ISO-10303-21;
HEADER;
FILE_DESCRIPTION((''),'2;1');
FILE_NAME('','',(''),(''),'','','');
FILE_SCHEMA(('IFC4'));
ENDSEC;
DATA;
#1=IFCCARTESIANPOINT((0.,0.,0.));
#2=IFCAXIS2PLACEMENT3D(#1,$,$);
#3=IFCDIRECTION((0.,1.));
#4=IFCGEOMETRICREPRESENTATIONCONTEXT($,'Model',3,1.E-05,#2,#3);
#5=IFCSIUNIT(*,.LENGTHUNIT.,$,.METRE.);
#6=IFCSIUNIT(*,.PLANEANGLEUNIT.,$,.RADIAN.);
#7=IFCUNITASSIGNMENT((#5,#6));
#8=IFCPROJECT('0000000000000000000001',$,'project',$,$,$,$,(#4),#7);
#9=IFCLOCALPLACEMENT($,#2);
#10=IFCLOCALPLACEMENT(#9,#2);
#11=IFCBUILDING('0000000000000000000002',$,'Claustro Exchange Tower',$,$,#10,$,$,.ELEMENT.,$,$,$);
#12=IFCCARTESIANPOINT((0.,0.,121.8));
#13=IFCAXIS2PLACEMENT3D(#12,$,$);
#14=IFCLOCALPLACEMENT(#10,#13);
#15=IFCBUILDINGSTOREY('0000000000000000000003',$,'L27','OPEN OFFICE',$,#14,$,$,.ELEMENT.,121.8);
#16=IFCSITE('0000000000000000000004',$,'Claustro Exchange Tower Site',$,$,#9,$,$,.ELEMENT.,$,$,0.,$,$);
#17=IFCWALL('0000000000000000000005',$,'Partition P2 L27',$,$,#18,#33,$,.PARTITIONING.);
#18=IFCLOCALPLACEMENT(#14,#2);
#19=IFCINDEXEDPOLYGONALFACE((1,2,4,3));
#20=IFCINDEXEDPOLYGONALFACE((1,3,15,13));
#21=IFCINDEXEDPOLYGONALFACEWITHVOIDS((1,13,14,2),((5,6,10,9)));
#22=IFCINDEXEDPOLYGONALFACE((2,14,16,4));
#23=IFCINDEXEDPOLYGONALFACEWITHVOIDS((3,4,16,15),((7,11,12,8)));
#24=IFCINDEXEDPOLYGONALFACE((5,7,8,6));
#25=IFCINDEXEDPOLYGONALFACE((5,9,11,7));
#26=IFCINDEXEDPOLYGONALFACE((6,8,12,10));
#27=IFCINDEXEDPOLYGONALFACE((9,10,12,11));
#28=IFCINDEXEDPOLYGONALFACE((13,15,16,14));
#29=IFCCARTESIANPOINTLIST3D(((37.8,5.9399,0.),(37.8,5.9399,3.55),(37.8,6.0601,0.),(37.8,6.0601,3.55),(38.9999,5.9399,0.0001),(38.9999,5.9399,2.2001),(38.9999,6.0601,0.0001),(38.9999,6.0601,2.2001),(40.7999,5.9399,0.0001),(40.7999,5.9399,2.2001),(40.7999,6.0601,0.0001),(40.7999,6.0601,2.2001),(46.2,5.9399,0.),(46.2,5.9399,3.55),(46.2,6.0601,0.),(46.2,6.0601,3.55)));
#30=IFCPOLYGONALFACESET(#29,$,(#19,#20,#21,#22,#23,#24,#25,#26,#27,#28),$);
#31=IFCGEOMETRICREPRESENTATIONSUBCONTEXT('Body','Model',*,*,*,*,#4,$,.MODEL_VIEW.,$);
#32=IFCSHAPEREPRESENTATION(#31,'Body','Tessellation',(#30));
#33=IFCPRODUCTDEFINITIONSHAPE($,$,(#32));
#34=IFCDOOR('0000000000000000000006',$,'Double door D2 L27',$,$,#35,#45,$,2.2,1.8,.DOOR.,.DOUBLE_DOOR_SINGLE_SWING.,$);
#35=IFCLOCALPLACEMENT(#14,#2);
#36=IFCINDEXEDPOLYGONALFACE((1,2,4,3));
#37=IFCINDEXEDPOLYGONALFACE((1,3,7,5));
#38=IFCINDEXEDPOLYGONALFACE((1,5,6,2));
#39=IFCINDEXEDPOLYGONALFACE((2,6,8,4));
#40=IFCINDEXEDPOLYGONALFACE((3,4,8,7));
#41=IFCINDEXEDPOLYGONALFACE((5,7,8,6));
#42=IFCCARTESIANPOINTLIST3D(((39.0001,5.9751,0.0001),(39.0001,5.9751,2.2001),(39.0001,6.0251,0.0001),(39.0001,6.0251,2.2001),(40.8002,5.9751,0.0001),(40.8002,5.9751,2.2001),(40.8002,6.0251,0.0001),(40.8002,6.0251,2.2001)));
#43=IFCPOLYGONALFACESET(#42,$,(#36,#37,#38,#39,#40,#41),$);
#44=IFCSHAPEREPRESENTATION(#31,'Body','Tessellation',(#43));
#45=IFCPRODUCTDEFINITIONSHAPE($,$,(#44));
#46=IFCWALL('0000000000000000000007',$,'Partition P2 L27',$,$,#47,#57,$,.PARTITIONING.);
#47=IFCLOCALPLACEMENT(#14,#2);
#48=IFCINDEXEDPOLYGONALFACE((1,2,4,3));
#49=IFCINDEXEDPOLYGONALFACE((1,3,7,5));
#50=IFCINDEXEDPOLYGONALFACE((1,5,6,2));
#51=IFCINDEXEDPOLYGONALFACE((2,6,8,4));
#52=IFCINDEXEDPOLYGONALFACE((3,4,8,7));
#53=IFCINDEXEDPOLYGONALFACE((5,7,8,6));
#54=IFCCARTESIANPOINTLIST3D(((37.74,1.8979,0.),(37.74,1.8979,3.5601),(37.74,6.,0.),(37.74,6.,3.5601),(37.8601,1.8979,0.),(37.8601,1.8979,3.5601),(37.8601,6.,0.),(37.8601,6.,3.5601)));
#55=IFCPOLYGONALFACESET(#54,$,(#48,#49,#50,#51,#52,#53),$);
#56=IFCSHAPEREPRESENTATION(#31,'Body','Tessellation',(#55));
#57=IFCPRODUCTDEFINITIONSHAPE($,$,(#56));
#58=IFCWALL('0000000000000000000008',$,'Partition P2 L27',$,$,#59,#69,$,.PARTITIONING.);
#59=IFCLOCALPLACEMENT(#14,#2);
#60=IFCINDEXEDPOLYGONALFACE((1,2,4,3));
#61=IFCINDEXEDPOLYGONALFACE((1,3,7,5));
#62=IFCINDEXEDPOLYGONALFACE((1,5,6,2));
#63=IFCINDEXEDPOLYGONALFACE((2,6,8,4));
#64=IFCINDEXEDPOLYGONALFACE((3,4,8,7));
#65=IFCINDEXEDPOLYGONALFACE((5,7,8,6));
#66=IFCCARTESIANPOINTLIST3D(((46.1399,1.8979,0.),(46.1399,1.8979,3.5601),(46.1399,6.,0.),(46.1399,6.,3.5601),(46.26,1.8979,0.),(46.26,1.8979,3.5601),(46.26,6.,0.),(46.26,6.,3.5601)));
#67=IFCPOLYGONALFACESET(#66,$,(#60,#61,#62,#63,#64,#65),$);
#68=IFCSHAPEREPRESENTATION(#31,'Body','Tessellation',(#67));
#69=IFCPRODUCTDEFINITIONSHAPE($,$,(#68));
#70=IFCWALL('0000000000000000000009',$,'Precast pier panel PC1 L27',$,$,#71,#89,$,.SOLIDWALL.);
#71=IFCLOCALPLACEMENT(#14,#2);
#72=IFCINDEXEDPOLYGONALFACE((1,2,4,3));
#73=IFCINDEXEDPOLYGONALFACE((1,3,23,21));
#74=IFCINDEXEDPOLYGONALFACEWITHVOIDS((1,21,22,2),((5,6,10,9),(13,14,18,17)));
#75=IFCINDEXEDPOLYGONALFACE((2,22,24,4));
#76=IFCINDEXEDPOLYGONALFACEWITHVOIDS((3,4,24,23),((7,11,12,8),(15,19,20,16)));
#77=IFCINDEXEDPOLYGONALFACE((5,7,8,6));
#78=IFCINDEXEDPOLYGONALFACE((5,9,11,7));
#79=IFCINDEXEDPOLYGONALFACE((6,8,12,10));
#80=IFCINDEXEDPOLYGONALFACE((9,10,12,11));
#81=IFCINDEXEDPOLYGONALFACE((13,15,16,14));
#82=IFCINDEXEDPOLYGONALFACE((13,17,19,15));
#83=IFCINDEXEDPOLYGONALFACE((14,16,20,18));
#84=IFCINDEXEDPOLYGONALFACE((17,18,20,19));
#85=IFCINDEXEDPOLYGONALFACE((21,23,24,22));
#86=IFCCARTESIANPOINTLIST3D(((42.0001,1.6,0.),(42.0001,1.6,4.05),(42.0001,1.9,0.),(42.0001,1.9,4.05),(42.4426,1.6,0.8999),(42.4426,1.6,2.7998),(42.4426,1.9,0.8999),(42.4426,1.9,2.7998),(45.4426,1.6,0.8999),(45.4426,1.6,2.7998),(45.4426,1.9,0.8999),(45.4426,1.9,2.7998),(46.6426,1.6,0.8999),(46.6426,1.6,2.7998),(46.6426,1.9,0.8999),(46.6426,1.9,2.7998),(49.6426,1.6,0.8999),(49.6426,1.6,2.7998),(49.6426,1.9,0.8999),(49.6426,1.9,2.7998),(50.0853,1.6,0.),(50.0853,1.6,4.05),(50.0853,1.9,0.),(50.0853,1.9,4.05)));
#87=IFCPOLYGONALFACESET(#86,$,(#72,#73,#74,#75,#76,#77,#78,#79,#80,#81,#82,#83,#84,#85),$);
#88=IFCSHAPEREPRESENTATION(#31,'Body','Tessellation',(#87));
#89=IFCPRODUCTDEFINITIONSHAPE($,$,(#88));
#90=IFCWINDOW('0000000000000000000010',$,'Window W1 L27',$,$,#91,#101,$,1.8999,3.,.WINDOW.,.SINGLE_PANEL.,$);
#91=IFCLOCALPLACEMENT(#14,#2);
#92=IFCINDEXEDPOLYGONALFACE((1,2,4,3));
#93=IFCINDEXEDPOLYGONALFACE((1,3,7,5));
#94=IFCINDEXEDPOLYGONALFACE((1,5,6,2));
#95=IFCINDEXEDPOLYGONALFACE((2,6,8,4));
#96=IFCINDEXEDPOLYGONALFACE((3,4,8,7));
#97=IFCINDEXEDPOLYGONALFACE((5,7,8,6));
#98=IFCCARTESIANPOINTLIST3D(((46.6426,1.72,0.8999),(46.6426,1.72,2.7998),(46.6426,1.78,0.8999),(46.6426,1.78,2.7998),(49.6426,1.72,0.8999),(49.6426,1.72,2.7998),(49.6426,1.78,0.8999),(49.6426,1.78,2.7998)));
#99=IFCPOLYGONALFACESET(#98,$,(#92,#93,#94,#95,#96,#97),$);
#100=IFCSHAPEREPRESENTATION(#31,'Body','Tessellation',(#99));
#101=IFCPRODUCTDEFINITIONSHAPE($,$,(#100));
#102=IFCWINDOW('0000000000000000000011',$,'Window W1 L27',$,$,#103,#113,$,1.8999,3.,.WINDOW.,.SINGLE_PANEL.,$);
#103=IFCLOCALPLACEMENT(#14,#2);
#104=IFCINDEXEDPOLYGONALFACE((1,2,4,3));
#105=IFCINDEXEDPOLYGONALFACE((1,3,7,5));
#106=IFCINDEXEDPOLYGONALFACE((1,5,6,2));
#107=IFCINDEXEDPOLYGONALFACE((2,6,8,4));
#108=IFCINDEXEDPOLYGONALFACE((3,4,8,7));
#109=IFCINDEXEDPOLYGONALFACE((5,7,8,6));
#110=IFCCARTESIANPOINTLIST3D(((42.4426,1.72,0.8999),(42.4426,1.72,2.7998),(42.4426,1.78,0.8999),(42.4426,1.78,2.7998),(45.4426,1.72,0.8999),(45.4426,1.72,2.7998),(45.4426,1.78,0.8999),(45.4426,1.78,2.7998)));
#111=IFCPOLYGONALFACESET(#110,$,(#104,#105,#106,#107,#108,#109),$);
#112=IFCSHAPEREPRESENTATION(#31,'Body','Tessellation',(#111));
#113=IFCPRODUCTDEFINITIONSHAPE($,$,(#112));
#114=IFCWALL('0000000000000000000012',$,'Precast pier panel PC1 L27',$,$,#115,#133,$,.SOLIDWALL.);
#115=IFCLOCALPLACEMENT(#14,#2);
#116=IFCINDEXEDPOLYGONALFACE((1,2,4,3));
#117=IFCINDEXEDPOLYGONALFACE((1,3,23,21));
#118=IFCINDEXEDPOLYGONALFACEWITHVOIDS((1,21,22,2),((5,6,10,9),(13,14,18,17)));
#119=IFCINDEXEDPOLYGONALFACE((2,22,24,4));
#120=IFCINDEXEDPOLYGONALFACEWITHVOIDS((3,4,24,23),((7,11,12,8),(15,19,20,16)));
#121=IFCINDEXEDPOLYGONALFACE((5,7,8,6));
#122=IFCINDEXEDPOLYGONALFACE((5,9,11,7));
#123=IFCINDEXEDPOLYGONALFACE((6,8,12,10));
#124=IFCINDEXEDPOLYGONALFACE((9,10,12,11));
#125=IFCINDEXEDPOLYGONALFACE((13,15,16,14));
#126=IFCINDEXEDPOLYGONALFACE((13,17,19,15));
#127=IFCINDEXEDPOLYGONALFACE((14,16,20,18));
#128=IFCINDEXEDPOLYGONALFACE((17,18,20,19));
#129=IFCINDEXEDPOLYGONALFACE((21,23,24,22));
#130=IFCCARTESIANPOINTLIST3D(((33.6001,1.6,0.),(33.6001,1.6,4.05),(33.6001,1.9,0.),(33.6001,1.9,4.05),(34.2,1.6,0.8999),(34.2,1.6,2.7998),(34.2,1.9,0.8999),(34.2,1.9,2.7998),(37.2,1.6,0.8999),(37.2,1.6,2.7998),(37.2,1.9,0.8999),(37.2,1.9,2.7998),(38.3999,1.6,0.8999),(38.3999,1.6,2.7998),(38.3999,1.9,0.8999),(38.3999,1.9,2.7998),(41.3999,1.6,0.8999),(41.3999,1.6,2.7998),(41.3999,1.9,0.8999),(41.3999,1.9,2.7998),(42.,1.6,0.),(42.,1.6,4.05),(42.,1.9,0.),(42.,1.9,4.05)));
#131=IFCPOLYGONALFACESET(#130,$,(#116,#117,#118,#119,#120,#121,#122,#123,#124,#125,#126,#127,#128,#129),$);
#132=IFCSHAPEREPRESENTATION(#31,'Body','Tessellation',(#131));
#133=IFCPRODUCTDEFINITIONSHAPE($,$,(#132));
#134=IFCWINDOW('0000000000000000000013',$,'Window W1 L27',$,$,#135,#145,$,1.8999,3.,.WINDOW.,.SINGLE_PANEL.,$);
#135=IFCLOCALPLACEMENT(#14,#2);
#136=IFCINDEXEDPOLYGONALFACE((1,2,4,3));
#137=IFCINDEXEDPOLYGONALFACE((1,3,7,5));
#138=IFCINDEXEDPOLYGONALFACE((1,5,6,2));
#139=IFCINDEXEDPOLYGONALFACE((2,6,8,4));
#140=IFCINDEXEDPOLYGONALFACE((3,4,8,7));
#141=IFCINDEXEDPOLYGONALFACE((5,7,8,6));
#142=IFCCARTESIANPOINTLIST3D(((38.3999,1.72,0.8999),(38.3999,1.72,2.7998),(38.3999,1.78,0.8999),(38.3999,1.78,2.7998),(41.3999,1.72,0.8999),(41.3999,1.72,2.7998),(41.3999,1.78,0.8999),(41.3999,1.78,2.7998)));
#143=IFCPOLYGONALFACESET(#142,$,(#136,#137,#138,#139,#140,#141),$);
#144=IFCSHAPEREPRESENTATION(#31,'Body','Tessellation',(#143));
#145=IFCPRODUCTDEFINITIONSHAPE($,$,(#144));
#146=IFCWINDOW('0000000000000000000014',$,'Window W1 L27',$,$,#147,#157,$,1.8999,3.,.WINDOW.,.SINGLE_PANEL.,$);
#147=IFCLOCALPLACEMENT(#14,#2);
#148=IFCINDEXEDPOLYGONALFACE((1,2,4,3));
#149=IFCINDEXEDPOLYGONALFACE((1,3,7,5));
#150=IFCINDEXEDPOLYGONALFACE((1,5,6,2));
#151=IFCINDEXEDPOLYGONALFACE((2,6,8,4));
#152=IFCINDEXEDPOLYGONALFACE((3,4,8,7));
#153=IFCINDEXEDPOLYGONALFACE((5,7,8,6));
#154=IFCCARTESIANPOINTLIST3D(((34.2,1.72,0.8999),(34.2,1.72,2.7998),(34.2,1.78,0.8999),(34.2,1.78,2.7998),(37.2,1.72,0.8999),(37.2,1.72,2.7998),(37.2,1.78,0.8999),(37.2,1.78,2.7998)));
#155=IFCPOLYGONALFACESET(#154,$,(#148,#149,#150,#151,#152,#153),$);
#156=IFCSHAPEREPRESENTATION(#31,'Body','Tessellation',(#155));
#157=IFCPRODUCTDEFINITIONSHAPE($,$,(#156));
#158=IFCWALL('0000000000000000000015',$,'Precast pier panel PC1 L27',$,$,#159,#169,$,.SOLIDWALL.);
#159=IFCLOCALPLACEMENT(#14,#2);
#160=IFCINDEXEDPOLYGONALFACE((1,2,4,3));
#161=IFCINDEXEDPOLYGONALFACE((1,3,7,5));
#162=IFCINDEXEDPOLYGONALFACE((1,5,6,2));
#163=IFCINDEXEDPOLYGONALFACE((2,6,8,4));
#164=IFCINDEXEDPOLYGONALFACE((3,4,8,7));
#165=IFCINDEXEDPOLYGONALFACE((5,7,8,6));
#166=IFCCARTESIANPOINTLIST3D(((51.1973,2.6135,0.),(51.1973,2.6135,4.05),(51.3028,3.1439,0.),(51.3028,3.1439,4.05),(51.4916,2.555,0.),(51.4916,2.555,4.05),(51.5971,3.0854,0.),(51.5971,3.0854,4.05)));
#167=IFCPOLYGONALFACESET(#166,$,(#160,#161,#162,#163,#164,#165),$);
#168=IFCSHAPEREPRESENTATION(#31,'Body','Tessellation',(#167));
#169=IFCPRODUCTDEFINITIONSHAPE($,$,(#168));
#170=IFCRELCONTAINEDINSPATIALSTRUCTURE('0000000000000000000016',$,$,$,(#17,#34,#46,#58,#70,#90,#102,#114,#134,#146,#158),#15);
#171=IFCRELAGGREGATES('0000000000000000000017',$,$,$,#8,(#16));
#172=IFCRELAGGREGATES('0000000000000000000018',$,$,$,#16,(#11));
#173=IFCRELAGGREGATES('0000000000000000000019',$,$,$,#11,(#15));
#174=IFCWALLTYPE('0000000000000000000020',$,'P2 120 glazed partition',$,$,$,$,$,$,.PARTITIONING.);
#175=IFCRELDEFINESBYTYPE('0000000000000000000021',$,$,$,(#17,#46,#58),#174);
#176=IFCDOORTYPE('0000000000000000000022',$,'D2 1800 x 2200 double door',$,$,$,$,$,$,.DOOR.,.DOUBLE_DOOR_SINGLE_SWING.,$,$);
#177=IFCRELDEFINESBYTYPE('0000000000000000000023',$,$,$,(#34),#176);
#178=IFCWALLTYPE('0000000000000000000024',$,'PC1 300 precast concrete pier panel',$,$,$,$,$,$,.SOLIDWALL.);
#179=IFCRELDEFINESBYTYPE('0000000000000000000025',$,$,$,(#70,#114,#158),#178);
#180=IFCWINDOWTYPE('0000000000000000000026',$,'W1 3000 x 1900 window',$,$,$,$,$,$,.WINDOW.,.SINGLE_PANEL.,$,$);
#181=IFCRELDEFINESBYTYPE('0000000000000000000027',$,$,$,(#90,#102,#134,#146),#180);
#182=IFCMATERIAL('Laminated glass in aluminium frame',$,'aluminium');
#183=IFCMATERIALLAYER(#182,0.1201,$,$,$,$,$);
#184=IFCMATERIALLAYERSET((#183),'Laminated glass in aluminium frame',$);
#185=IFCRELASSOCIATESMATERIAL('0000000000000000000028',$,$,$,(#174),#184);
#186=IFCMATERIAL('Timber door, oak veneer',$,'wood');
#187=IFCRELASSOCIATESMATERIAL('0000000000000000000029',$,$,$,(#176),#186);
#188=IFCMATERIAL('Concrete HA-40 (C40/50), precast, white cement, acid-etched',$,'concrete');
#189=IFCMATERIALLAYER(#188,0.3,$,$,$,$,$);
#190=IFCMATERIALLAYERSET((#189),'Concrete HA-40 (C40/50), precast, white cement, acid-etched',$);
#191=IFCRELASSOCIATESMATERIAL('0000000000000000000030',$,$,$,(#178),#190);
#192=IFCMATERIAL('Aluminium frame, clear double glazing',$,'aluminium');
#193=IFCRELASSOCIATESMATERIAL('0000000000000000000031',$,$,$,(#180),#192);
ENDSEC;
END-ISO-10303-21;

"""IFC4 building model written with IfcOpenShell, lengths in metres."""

from ifc_helpers import new_model, si_unit, direction, frame, frame_2d, origin, place, context, subcontext, project, spatial, rectangle, extrude, material, layer, layer_set, type_object, element, fill, save


model = new_model("IFC4")

# Units and contexts
model_context = context("Model", 3, precision=1e-05, world=origin(), true_north=direction((0.0, 1.0)))
body_context = subcontext(model_context, "Body", "Model", "MODEL_VIEW")
ifc_project = project(units=[si_unit("LENGTHUNIT", "METRE"), si_unit("PLANEANGLEUNIT", "RADIAN")], contexts=[model_context])

# Site, building, storey
site_placement = place(None, origin())
site = spatial("IfcSite", under=ifc_project, at=site_placement, Name="Claustro Exchange Tower Site", CompositionType="ELEMENT", RefElevation=0.0)
building_placement = place(site_placement, origin())
building = spatial("IfcBuilding", under=site, at=building_placement, Name="Claustro Exchange Tower", CompositionType="ELEMENT")
storey_placement = place(building_placement, frame((0.0, 0.0, 121.8)))
storey = spatial("IfcBuildingStorey", under=building, at=storey_placement, Name="L27", Description="OPEN OFFICE", CompositionType="ELEMENT", Elevation=121.8)

# Wall, opening, door
ifc_material_1 = material(Name="Laminated glass in aluminium frame", Category="aluminium")
ifc_layer_1 = layer(ifc_material_1, 0.1201)
ifc_layer_set_1 = layer_set([ifc_layer_1], Name="Laminated glass in aluminium frame")
wall_type_1 = type_object("IfcWallType", Name="P2 120 glazed partition", PredefinedType="PARTITIONING", material=ifc_layer_set_1)
wall_1_placement = place(storey_placement, frame((37.8, 6.0, 0.0), z_axis=(0.0, 0.0, 1.0), x_axis=(1.0, 0.0, 0.0)))
wall_1 = element("IfcWall", 1, at=wall_1_placement, inside=storey, type_object=wall_type_1, Name="Partition P2 L27", PredefinedType="PARTITIONING", context=body_context, shape_type="SweptSolid", body=[
    extrude(rectangle(XDim=8.3999, YDim=0.1201, at=frame_2d((4.2, 0.0))), origin(), (0.0, 0.0, 1.0), 3.55),
])
opening_1_placement = place(wall_1_placement, frame((1.2, 0.0, 0.0)))
opening_1 = element("IfcOpeningElement", 2, at=opening_1_placement, cuts=wall_1, PredefinedType="OPENING", context=body_context, shape_type="SweptSolid", body=[
    extrude(rectangle(XDim=1.8, YDim=2.2, at=frame_2d((0.8999, 1.1001))), frame((0.0, 0.0701, 0.0), z_axis=(0.0, -1.0, 0.0), x_axis=(1.0, 0.0, 0.0)), (0.0, 0.0, 1.0), 0.1401),
])
ifc_material_2 = material(Name="Timber door, oak veneer", Category="wood")
door_type_1 = type_object("IfcDoorType", Name="D2 1800 x 2200 double door", OperationType="DOUBLE_DOOR_SINGLE_SWING", PredefinedType="DOOR", material=ifc_material_2)
door_1_placement = place(opening_1_placement, frame((1.8, 0.0, 0.0), z_axis=(0.0, 0.0, 1.0), x_axis=(-1.0, 0.0, 0.0)))
door_1 = element("IfcDoor", 3, at=door_1_placement, inside=storey, type_object=door_type_1, Name="Double door D2 L27", OperationType="DOUBLE_DOOR_SINGLE_SWING", OverallHeight=2.2, OverallWidth=1.8, PredefinedType="DOOR", context=body_context, shape_type="SweptSolid", body=[
    extrude(rectangle(XDim=1.8, YDim=2.2, at=frame_2d((0.8999, 1.1001))), frame((0.0, 0.0249, 0.0), z_axis=(0.0, -1.0, 0.0), x_axis=(1.0, 0.0, 0.0)), (0.0, 0.0, 1.0), 0.05),
])
fill(opening_1, door_1)

# Walls
for number, where, z_axis, x_axis, name in (
    (4, (37.8, 1.8979, 0.0), (0.0, 0.0, 1.0), (0.0, 1.0, 0.0), "Partition P2 L27"),
    (5, (46.2, 1.8979, 0.0), (0.0, 0.0, 1.0), (0.0, 1.0, 0.0), "Partition P2 L27"),
):
    element("IfcWall", number, at=place(storey_placement, frame(where, z_axis=z_axis, x_axis=x_axis)), inside=storey, type_object=wall_type_1, Name=name, PredefinedType="PARTITIONING", context=body_context, shape_type="SweptSolid", body=[
        extrude(rectangle(XDim=4.1021, YDim=0.1201, at=frame_2d((2.051, 0.0))), origin(), (0.0, 0.0, 1.0), 3.5601),
    ])

# Walls, openings, windows
ifc_material_3 = material(Name="Concrete HA-40 (C40/50), precast, white cement, acid-etched", Category="concrete")
ifc_layer_2 = layer(ifc_material_3, 0.3)
ifc_layer_set_2 = layer_set([ifc_layer_2], Name="Concrete HA-40 (C40/50), precast, white cement, acid-etched")
wall_type_2 = type_object("IfcWallType", Name="PC1 300 precast concrete pier panel", PredefinedType="SOLIDWALL", material=ifc_layer_set_2)
wall_2_placement = place(storey_placement, frame((50.0852, 1.75, 0.0), z_axis=(0.0, 0.0, 1.0), x_axis=(-1.0, 0.0, 0.0)))
wall_2 = element("IfcWall", 6, at=wall_2_placement, inside=storey, type_object=wall_type_2, Name="Precast pier panel PC1 L27", PredefinedType="SOLIDWALL", context=body_context, shape_type="SweptSolid", body=[
    extrude(rectangle(XDim=8.0852, YDim=0.3, at=frame_2d((4.0425, 0.0))), origin(), (0.0, 0.0, 1.0), 4.05),
])
opening_2_placement = place(wall_2_placement, frame((0.4426, 0.0, 0.8999)))
opening_2 = element("IfcOpeningElement", 7, at=opening_2_placement, cuts=wall_2, PredefinedType="OPENING", context=body_context, shape_type="SweptSolid", body=[
    extrude(rectangle(XDim=3.0, YDim=1.8999, at=frame_2d((1.5, 0.95))), frame((0.0, 0.1599, 0.0), z_axis=(0.0, -1.0, 0.0), x_axis=(1.0, 0.0, 0.0)), (0.0, 0.0, 1.0), 0.3201),
])
opening_3_placement = place(wall_2_placement, frame((4.6426, 0.0, 0.8999)))
opening_3 = element("IfcOpeningElement", 8, at=opening_3_placement, cuts=wall_2, PredefinedType="OPENING", context=body_context, shape_type="SweptSolid", body=[
    extrude(rectangle(XDim=3.0, YDim=1.8999, at=frame_2d((1.5, 0.95))), frame((0.0, 0.1599, 0.0), z_axis=(0.0, -1.0, 0.0), x_axis=(1.0, 0.0, 0.0)), (0.0, 0.0, 1.0), 0.3201),
])
ifc_material_4 = material(Name="Aluminium frame, clear double glazing", Category="aluminium")
window_type = type_object("IfcWindowType", Name="W1 3000 x 1900 window", PartitioningType="SINGLE_PANEL", PredefinedType="WINDOW", material=ifc_material_4)
window_1_placement = place(opening_2_placement, origin())
window_1 = element("IfcWindow", 9, at=window_1_placement, inside=storey, type_object=window_type, Name="Window W1 L27", OverallHeight=1.8999, OverallWidth=3.0, PartitioningType="SINGLE_PANEL", PredefinedType="WINDOW", context=body_context, shape_type="SweptSolid", body=[
    extrude(rectangle(XDim=3.0, YDim=1.8999, at=frame_2d((1.5, 0.95))), frame((0.0, 0.03, 0.0), z_axis=(0.0, -1.0, 0.0), x_axis=(1.0, 0.0, 0.0)), (0.0, 0.0, 1.0), 0.0601),
])
fill(opening_2, window_1)
window_2_placement = place(opening_3_placement, origin())
window_2 = element("IfcWindow", 10, at=window_2_placement, inside=storey, type_object=window_type, Name="Window W1 L27", OverallHeight=1.8999, OverallWidth=3.0, PartitioningType="SINGLE_PANEL", PredefinedType="WINDOW", context=body_context, shape_type="SweptSolid", body=[
    extrude(rectangle(XDim=3.0, YDim=1.8999, at=frame_2d((1.5, 0.95))), frame((0.0, 0.03, 0.0), z_axis=(0.0, -1.0, 0.0), x_axis=(1.0, 0.0, 0.0)), (0.0, 0.0, 1.0), 0.0601),
])
fill(opening_3, window_2)
wall_3_placement = place(storey_placement, frame((42.0, 1.75, 0.0), z_axis=(0.0, 0.0, 1.0), x_axis=(-1.0, 0.0, 0.0)))
wall_3 = element("IfcWall", 11, at=wall_3_placement, inside=storey, type_object=wall_type_2, Name="Precast pier panel PC1 L27", PredefinedType="SOLIDWALL", context=body_context, shape_type="SweptSolid", body=[
    extrude(rectangle(XDim=8.3999, YDim=0.3, at=frame_2d((4.2, 0.0))), origin(), (0.0, 0.0, 1.0), 4.05),
])
opening_4_placement = place(wall_3_placement, frame((0.6001, 0.0, 0.8999)))
opening_4 = element("IfcOpeningElement", 12, at=opening_4_placement, cuts=wall_3, PredefinedType="OPENING", context=body_context, shape_type="SweptSolid", body=[
    extrude(rectangle(XDim=3.0, YDim=1.8999, at=frame_2d((1.5, 0.95))), frame((0.0, 0.1599, 0.0), z_axis=(0.0, -1.0, 0.0), x_axis=(1.0, 0.0, 0.0)), (0.0, 0.0, 1.0), 0.3201),
])
opening_5_placement = place(wall_3_placement, frame((4.8, 0.0, 0.8999)))
opening_5 = element("IfcOpeningElement", 13, at=opening_5_placement, cuts=wall_3, PredefinedType="OPENING", context=body_context, shape_type="SweptSolid", body=[
    extrude(rectangle(XDim=3.0, YDim=1.8999, at=frame_2d((1.5, 0.95))), frame((0.0, 0.1599, 0.0), z_axis=(0.0, -1.0, 0.0), x_axis=(1.0, 0.0, 0.0)), (0.0, 0.0, 1.0), 0.3201),
])
window_3_placement = place(opening_4_placement, origin())
window_3 = element("IfcWindow", 14, at=window_3_placement, inside=storey, type_object=window_type, Name="Window W1 L27", OverallHeight=1.8999, OverallWidth=3.0, PartitioningType="SINGLE_PANEL", PredefinedType="WINDOW", context=body_context, shape_type="SweptSolid", body=[
    extrude(rectangle(XDim=3.0, YDim=1.8999, at=frame_2d((1.5, 0.95))), frame((0.0, 0.03, 0.0), z_axis=(0.0, -1.0, 0.0), x_axis=(1.0, 0.0, 0.0)), (0.0, 0.0, 1.0), 0.0601),
])
fill(opening_4, window_3)
window_4_placement = place(opening_5_placement, origin())
window_4 = element("IfcWindow", 15, at=window_4_placement, inside=storey, type_object=window_type, Name="Window W1 L27", OverallHeight=1.8999, OverallWidth=3.0, PartitioningType="SINGLE_PANEL", PredefinedType="WINDOW", context=body_context, shape_type="SweptSolid", body=[
    extrude(rectangle(XDim=3.0, YDim=1.8999, at=frame_2d((1.5, 0.95))), frame((0.0, 0.03, 0.0), z_axis=(0.0, -1.0, 0.0), x_axis=(1.0, 0.0, 0.0)), (0.0, 0.0, 1.0), 0.0601),
])
fill(opening_5, window_4)

# Wall
wall_4_placement = place(storey_placement, frame((51.45, 3.1147, 0.0), z_axis=(0.0, 0.0, 1.0), x_axis=(-0.195074, -0.980789, 0.0)))
element("IfcWall", 16, at=wall_4_placement, inside=storey, type_object=wall_type_2, Name="Precast pier panel PC1 L27", PredefinedType="SOLIDWALL", context=body_context, shape_type="SweptSolid", body=[
    extrude(rectangle(XDim=0.5408, YDim=0.3, at=frame_2d((0.2705, 0.0))), origin(), (0.0, 0.0, 1.0), 4.05),
])

save(model, "model.ifc")
